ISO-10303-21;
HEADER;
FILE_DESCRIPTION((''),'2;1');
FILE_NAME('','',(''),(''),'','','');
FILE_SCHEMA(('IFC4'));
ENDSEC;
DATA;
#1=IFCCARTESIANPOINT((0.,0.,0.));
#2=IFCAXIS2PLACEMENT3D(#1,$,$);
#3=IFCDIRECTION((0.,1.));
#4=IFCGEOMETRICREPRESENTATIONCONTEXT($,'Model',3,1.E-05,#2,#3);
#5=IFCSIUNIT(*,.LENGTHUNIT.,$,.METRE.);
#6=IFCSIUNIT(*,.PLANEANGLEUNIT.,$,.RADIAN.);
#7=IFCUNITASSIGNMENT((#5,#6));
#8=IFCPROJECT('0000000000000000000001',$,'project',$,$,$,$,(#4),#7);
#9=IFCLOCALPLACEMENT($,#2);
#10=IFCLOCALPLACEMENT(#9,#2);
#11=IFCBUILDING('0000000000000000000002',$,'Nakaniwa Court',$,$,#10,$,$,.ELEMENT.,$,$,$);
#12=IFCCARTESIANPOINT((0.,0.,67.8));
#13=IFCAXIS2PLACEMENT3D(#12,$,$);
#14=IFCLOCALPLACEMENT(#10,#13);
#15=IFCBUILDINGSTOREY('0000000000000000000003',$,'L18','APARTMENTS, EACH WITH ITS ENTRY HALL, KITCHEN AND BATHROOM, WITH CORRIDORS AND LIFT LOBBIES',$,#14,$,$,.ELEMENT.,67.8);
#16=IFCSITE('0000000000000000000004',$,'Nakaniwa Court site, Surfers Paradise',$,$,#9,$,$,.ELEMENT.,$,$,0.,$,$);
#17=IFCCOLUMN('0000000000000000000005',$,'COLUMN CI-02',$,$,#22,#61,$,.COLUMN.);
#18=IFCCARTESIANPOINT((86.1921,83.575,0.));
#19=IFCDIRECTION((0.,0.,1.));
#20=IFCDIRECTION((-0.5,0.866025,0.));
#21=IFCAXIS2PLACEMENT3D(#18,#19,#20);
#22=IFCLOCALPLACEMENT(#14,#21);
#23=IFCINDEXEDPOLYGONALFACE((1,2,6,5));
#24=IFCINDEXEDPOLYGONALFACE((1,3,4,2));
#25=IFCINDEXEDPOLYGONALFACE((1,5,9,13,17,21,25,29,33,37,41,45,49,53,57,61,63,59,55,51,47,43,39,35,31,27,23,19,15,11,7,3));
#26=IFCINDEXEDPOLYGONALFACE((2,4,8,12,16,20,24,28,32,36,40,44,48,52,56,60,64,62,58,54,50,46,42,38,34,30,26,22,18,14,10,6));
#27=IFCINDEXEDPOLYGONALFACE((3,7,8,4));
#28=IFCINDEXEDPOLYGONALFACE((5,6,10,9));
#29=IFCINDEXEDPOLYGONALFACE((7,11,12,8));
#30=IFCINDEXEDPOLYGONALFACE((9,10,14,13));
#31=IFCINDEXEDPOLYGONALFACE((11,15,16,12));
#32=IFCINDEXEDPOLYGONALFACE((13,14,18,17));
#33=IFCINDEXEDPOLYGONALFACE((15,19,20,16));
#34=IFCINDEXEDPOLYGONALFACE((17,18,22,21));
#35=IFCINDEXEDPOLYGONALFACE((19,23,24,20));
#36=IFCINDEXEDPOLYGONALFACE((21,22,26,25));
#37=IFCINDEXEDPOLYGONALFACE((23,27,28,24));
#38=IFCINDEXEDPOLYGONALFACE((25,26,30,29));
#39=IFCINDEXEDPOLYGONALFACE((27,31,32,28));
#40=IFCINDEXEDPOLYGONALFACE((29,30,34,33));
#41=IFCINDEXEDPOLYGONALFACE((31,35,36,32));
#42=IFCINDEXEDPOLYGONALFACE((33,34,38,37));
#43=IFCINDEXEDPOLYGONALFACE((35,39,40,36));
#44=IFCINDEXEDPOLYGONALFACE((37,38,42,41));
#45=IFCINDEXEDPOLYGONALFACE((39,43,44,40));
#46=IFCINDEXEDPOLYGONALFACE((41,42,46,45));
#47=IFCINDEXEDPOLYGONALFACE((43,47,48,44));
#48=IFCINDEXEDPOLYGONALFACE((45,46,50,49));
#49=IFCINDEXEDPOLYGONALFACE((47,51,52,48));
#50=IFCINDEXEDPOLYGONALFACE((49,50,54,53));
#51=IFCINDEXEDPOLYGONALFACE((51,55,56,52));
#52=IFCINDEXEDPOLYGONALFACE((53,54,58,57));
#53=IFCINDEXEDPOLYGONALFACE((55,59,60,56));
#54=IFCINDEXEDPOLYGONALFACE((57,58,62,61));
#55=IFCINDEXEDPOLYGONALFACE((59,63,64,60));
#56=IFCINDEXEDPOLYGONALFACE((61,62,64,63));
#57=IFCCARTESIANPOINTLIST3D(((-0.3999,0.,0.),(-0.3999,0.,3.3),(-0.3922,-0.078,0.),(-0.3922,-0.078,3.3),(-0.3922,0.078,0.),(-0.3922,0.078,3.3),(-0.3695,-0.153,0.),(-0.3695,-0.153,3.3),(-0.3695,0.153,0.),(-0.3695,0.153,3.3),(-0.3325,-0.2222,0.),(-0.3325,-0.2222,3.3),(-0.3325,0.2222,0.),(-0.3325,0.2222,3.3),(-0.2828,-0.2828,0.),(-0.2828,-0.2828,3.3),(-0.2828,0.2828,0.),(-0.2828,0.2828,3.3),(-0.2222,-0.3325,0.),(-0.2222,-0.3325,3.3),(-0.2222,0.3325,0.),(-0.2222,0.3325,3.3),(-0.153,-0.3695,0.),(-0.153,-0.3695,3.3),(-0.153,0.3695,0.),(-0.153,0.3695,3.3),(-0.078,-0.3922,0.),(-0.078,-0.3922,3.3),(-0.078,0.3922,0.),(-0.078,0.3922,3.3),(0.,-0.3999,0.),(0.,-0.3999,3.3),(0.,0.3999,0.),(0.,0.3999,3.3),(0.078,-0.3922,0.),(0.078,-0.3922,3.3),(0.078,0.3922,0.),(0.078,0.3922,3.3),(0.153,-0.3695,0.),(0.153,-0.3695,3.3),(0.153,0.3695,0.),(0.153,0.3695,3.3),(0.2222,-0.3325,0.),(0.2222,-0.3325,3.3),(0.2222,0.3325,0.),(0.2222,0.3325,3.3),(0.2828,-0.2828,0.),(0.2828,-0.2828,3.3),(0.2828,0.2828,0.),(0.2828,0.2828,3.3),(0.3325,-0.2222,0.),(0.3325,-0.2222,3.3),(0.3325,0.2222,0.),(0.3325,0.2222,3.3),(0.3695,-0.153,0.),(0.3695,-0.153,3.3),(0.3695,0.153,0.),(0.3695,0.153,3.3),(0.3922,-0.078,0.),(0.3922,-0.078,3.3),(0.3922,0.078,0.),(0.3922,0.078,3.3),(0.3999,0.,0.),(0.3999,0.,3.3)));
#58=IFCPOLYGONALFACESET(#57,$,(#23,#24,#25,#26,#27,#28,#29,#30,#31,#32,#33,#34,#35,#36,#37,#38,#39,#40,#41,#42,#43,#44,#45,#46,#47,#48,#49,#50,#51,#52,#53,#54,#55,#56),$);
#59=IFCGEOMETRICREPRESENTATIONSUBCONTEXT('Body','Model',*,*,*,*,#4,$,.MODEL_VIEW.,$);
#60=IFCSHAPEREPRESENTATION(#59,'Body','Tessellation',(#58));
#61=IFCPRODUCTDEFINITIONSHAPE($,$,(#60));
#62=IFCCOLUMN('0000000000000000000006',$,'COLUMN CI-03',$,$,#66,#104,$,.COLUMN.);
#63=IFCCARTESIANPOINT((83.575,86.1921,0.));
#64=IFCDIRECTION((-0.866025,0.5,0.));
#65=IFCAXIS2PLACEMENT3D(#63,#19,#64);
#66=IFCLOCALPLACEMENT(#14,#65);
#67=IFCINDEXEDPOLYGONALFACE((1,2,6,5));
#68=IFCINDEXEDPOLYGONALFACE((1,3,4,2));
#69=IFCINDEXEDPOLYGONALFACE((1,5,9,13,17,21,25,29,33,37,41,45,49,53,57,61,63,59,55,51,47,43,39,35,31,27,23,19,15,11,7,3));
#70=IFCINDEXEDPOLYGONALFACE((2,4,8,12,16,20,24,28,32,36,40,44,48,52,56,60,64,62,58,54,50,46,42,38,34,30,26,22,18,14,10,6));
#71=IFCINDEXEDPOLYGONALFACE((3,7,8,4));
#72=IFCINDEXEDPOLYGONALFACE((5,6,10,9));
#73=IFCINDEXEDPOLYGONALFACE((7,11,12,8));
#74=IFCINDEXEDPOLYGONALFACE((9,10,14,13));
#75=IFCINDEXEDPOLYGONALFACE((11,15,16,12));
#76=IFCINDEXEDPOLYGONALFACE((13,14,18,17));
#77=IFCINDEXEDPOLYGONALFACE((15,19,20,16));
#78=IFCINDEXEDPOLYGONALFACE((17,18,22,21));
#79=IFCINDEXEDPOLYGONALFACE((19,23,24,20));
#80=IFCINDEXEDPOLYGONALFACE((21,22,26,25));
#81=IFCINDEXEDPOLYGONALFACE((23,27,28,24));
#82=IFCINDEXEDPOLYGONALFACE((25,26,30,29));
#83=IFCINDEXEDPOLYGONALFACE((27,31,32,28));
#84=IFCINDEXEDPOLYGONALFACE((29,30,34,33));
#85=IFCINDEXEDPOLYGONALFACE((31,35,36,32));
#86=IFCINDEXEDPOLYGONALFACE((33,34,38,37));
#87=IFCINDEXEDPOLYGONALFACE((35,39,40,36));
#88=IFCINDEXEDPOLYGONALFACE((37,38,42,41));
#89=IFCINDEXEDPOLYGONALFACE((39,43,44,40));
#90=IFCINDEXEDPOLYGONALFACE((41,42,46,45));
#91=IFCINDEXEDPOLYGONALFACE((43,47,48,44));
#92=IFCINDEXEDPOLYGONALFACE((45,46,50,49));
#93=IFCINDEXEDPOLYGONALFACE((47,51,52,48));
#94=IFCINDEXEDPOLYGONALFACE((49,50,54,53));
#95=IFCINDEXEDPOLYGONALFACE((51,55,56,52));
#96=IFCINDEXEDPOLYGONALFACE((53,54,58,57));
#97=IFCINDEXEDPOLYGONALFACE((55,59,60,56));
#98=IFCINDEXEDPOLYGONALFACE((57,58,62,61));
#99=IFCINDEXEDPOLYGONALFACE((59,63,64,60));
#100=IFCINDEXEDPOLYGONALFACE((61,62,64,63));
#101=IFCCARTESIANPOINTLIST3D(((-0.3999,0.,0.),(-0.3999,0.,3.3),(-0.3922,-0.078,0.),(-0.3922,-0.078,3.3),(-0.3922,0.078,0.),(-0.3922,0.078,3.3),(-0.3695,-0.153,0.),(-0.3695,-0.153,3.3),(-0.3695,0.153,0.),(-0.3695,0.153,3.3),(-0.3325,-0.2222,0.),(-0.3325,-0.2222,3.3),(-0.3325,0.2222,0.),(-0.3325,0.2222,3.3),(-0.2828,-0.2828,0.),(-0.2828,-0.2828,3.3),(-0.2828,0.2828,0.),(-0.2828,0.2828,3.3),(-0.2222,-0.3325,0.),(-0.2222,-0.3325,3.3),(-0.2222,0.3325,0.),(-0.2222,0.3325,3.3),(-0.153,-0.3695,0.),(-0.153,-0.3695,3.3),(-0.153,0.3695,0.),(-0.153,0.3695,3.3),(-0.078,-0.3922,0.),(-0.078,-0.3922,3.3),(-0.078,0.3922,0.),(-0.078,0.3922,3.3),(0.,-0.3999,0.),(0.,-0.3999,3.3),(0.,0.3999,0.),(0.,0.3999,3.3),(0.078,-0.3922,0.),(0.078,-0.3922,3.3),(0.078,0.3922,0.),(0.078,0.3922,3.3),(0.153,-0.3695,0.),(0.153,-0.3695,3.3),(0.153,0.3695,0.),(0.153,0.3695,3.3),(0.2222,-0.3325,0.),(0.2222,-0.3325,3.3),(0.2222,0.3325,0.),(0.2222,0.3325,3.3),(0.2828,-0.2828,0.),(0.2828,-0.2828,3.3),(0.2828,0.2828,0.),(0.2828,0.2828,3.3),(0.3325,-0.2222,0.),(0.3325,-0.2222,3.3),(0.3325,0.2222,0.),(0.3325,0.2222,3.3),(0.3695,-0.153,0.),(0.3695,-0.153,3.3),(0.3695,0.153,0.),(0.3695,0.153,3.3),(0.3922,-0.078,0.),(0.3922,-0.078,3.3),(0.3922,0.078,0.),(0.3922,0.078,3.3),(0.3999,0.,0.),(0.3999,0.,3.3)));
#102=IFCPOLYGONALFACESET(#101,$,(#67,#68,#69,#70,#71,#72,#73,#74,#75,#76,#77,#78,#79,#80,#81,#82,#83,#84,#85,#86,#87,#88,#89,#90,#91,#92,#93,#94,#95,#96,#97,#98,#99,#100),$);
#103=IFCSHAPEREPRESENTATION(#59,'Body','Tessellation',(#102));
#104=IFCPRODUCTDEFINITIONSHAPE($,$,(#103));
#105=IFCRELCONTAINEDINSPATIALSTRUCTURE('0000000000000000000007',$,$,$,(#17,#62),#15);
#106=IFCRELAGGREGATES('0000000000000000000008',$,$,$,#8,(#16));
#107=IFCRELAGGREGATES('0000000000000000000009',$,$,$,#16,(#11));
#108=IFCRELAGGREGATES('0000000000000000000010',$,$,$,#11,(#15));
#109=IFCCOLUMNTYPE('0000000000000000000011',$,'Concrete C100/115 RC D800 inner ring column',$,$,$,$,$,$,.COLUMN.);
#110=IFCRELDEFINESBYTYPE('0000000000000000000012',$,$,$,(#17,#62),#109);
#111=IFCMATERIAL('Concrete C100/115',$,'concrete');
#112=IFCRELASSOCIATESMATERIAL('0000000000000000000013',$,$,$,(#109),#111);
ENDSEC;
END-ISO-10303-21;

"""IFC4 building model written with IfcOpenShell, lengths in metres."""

from ifc_helpers import new_model, si_unit, direction, frame, origin, origin_2d, place, context, subcontext, project, spatial, circle, extrude, material, material_profile, profile_set, type_object, element, save


model = new_model("IFC4")

# Units and contexts
model_context = context("Model", 3, precision=1e-05, world=origin(), true_north=direction((0.0, 1.0)))
body_context = subcontext(model_context, "Body", "Model", "MODEL_VIEW")
ifc_project = project(units=[si_unit("LENGTHUNIT", "METRE"), si_unit("PLANEANGLEUNIT", "RADIAN")], contexts=[model_context])

# Site, building, storey
site_placement = place(None, origin())
site = spatial("IfcSite", under=ifc_project, at=site_placement, Name="Nakaniwa Court site, Surfers Paradise", CompositionType="ELEMENT", RefElevation=0.0)
building_placement = place(site_placement, origin())
building = spatial("IfcBuilding", under=site, at=building_placement, Name="Nakaniwa Court", CompositionType="ELEMENT")
storey_placement = place(building_placement, frame((0.0, 0.0, 67.8)))
storey = spatial("IfcBuildingStorey", under=building, at=storey_placement, Name="L18", Description="APARTMENTS, EACH WITH ITS ENTRY HALL, KITCHEN AND BATHROOM, WITH CORRIDORS AND LIFT LOBBIES", CompositionType="ELEMENT", Elevation=67.8)

# Columns
ifc_material_1 = material(Name="Concrete C100/115", Category="concrete")
ifc_material_profile_1 = material_profile(ifc_material_1, circle(Radius=0.3999, at=origin_2d()), Name="Concrete C100/115 RC D800 inner ring column")
ifc_profile_set_1 = profile_set([ifc_material_profile_1], Name="Concrete C100/115")
column_type_1 = type_object("IfcColumnType", Name="Concrete C100/115 RC D800 inner ring column", PredefinedType="COLUMN", material=ifc_profile_set_1)
for number, where, z_axis, x_axis, name in (
    (1, (86.1921, 83.575, 0.0), (0.0, 0.0, 1.0), (-0.5, 0.866025, 0.0), "COLUMN CI-02"),
    (2, (83.575, 86.1921, 0.0), (0.0, 0.0, 1.0), (-0.866025, 0.5, 0.0), "COLUMN CI-03"),
):
    element("IfcColumn", number, at=place(storey_placement, frame(where, z_axis=z_axis, x_axis=x_axis)), inside=storey, type_object=column_type_1, Name=name, PredefinedType="COLUMN", context=body_context, shape_type="SweptSolid", body=[
        extrude(circle(Radius=0.3999, at=origin_2d()), origin(), (0.0, 0.0, 1.0), 3.3),
    ])

save(model, "model.ifc")
